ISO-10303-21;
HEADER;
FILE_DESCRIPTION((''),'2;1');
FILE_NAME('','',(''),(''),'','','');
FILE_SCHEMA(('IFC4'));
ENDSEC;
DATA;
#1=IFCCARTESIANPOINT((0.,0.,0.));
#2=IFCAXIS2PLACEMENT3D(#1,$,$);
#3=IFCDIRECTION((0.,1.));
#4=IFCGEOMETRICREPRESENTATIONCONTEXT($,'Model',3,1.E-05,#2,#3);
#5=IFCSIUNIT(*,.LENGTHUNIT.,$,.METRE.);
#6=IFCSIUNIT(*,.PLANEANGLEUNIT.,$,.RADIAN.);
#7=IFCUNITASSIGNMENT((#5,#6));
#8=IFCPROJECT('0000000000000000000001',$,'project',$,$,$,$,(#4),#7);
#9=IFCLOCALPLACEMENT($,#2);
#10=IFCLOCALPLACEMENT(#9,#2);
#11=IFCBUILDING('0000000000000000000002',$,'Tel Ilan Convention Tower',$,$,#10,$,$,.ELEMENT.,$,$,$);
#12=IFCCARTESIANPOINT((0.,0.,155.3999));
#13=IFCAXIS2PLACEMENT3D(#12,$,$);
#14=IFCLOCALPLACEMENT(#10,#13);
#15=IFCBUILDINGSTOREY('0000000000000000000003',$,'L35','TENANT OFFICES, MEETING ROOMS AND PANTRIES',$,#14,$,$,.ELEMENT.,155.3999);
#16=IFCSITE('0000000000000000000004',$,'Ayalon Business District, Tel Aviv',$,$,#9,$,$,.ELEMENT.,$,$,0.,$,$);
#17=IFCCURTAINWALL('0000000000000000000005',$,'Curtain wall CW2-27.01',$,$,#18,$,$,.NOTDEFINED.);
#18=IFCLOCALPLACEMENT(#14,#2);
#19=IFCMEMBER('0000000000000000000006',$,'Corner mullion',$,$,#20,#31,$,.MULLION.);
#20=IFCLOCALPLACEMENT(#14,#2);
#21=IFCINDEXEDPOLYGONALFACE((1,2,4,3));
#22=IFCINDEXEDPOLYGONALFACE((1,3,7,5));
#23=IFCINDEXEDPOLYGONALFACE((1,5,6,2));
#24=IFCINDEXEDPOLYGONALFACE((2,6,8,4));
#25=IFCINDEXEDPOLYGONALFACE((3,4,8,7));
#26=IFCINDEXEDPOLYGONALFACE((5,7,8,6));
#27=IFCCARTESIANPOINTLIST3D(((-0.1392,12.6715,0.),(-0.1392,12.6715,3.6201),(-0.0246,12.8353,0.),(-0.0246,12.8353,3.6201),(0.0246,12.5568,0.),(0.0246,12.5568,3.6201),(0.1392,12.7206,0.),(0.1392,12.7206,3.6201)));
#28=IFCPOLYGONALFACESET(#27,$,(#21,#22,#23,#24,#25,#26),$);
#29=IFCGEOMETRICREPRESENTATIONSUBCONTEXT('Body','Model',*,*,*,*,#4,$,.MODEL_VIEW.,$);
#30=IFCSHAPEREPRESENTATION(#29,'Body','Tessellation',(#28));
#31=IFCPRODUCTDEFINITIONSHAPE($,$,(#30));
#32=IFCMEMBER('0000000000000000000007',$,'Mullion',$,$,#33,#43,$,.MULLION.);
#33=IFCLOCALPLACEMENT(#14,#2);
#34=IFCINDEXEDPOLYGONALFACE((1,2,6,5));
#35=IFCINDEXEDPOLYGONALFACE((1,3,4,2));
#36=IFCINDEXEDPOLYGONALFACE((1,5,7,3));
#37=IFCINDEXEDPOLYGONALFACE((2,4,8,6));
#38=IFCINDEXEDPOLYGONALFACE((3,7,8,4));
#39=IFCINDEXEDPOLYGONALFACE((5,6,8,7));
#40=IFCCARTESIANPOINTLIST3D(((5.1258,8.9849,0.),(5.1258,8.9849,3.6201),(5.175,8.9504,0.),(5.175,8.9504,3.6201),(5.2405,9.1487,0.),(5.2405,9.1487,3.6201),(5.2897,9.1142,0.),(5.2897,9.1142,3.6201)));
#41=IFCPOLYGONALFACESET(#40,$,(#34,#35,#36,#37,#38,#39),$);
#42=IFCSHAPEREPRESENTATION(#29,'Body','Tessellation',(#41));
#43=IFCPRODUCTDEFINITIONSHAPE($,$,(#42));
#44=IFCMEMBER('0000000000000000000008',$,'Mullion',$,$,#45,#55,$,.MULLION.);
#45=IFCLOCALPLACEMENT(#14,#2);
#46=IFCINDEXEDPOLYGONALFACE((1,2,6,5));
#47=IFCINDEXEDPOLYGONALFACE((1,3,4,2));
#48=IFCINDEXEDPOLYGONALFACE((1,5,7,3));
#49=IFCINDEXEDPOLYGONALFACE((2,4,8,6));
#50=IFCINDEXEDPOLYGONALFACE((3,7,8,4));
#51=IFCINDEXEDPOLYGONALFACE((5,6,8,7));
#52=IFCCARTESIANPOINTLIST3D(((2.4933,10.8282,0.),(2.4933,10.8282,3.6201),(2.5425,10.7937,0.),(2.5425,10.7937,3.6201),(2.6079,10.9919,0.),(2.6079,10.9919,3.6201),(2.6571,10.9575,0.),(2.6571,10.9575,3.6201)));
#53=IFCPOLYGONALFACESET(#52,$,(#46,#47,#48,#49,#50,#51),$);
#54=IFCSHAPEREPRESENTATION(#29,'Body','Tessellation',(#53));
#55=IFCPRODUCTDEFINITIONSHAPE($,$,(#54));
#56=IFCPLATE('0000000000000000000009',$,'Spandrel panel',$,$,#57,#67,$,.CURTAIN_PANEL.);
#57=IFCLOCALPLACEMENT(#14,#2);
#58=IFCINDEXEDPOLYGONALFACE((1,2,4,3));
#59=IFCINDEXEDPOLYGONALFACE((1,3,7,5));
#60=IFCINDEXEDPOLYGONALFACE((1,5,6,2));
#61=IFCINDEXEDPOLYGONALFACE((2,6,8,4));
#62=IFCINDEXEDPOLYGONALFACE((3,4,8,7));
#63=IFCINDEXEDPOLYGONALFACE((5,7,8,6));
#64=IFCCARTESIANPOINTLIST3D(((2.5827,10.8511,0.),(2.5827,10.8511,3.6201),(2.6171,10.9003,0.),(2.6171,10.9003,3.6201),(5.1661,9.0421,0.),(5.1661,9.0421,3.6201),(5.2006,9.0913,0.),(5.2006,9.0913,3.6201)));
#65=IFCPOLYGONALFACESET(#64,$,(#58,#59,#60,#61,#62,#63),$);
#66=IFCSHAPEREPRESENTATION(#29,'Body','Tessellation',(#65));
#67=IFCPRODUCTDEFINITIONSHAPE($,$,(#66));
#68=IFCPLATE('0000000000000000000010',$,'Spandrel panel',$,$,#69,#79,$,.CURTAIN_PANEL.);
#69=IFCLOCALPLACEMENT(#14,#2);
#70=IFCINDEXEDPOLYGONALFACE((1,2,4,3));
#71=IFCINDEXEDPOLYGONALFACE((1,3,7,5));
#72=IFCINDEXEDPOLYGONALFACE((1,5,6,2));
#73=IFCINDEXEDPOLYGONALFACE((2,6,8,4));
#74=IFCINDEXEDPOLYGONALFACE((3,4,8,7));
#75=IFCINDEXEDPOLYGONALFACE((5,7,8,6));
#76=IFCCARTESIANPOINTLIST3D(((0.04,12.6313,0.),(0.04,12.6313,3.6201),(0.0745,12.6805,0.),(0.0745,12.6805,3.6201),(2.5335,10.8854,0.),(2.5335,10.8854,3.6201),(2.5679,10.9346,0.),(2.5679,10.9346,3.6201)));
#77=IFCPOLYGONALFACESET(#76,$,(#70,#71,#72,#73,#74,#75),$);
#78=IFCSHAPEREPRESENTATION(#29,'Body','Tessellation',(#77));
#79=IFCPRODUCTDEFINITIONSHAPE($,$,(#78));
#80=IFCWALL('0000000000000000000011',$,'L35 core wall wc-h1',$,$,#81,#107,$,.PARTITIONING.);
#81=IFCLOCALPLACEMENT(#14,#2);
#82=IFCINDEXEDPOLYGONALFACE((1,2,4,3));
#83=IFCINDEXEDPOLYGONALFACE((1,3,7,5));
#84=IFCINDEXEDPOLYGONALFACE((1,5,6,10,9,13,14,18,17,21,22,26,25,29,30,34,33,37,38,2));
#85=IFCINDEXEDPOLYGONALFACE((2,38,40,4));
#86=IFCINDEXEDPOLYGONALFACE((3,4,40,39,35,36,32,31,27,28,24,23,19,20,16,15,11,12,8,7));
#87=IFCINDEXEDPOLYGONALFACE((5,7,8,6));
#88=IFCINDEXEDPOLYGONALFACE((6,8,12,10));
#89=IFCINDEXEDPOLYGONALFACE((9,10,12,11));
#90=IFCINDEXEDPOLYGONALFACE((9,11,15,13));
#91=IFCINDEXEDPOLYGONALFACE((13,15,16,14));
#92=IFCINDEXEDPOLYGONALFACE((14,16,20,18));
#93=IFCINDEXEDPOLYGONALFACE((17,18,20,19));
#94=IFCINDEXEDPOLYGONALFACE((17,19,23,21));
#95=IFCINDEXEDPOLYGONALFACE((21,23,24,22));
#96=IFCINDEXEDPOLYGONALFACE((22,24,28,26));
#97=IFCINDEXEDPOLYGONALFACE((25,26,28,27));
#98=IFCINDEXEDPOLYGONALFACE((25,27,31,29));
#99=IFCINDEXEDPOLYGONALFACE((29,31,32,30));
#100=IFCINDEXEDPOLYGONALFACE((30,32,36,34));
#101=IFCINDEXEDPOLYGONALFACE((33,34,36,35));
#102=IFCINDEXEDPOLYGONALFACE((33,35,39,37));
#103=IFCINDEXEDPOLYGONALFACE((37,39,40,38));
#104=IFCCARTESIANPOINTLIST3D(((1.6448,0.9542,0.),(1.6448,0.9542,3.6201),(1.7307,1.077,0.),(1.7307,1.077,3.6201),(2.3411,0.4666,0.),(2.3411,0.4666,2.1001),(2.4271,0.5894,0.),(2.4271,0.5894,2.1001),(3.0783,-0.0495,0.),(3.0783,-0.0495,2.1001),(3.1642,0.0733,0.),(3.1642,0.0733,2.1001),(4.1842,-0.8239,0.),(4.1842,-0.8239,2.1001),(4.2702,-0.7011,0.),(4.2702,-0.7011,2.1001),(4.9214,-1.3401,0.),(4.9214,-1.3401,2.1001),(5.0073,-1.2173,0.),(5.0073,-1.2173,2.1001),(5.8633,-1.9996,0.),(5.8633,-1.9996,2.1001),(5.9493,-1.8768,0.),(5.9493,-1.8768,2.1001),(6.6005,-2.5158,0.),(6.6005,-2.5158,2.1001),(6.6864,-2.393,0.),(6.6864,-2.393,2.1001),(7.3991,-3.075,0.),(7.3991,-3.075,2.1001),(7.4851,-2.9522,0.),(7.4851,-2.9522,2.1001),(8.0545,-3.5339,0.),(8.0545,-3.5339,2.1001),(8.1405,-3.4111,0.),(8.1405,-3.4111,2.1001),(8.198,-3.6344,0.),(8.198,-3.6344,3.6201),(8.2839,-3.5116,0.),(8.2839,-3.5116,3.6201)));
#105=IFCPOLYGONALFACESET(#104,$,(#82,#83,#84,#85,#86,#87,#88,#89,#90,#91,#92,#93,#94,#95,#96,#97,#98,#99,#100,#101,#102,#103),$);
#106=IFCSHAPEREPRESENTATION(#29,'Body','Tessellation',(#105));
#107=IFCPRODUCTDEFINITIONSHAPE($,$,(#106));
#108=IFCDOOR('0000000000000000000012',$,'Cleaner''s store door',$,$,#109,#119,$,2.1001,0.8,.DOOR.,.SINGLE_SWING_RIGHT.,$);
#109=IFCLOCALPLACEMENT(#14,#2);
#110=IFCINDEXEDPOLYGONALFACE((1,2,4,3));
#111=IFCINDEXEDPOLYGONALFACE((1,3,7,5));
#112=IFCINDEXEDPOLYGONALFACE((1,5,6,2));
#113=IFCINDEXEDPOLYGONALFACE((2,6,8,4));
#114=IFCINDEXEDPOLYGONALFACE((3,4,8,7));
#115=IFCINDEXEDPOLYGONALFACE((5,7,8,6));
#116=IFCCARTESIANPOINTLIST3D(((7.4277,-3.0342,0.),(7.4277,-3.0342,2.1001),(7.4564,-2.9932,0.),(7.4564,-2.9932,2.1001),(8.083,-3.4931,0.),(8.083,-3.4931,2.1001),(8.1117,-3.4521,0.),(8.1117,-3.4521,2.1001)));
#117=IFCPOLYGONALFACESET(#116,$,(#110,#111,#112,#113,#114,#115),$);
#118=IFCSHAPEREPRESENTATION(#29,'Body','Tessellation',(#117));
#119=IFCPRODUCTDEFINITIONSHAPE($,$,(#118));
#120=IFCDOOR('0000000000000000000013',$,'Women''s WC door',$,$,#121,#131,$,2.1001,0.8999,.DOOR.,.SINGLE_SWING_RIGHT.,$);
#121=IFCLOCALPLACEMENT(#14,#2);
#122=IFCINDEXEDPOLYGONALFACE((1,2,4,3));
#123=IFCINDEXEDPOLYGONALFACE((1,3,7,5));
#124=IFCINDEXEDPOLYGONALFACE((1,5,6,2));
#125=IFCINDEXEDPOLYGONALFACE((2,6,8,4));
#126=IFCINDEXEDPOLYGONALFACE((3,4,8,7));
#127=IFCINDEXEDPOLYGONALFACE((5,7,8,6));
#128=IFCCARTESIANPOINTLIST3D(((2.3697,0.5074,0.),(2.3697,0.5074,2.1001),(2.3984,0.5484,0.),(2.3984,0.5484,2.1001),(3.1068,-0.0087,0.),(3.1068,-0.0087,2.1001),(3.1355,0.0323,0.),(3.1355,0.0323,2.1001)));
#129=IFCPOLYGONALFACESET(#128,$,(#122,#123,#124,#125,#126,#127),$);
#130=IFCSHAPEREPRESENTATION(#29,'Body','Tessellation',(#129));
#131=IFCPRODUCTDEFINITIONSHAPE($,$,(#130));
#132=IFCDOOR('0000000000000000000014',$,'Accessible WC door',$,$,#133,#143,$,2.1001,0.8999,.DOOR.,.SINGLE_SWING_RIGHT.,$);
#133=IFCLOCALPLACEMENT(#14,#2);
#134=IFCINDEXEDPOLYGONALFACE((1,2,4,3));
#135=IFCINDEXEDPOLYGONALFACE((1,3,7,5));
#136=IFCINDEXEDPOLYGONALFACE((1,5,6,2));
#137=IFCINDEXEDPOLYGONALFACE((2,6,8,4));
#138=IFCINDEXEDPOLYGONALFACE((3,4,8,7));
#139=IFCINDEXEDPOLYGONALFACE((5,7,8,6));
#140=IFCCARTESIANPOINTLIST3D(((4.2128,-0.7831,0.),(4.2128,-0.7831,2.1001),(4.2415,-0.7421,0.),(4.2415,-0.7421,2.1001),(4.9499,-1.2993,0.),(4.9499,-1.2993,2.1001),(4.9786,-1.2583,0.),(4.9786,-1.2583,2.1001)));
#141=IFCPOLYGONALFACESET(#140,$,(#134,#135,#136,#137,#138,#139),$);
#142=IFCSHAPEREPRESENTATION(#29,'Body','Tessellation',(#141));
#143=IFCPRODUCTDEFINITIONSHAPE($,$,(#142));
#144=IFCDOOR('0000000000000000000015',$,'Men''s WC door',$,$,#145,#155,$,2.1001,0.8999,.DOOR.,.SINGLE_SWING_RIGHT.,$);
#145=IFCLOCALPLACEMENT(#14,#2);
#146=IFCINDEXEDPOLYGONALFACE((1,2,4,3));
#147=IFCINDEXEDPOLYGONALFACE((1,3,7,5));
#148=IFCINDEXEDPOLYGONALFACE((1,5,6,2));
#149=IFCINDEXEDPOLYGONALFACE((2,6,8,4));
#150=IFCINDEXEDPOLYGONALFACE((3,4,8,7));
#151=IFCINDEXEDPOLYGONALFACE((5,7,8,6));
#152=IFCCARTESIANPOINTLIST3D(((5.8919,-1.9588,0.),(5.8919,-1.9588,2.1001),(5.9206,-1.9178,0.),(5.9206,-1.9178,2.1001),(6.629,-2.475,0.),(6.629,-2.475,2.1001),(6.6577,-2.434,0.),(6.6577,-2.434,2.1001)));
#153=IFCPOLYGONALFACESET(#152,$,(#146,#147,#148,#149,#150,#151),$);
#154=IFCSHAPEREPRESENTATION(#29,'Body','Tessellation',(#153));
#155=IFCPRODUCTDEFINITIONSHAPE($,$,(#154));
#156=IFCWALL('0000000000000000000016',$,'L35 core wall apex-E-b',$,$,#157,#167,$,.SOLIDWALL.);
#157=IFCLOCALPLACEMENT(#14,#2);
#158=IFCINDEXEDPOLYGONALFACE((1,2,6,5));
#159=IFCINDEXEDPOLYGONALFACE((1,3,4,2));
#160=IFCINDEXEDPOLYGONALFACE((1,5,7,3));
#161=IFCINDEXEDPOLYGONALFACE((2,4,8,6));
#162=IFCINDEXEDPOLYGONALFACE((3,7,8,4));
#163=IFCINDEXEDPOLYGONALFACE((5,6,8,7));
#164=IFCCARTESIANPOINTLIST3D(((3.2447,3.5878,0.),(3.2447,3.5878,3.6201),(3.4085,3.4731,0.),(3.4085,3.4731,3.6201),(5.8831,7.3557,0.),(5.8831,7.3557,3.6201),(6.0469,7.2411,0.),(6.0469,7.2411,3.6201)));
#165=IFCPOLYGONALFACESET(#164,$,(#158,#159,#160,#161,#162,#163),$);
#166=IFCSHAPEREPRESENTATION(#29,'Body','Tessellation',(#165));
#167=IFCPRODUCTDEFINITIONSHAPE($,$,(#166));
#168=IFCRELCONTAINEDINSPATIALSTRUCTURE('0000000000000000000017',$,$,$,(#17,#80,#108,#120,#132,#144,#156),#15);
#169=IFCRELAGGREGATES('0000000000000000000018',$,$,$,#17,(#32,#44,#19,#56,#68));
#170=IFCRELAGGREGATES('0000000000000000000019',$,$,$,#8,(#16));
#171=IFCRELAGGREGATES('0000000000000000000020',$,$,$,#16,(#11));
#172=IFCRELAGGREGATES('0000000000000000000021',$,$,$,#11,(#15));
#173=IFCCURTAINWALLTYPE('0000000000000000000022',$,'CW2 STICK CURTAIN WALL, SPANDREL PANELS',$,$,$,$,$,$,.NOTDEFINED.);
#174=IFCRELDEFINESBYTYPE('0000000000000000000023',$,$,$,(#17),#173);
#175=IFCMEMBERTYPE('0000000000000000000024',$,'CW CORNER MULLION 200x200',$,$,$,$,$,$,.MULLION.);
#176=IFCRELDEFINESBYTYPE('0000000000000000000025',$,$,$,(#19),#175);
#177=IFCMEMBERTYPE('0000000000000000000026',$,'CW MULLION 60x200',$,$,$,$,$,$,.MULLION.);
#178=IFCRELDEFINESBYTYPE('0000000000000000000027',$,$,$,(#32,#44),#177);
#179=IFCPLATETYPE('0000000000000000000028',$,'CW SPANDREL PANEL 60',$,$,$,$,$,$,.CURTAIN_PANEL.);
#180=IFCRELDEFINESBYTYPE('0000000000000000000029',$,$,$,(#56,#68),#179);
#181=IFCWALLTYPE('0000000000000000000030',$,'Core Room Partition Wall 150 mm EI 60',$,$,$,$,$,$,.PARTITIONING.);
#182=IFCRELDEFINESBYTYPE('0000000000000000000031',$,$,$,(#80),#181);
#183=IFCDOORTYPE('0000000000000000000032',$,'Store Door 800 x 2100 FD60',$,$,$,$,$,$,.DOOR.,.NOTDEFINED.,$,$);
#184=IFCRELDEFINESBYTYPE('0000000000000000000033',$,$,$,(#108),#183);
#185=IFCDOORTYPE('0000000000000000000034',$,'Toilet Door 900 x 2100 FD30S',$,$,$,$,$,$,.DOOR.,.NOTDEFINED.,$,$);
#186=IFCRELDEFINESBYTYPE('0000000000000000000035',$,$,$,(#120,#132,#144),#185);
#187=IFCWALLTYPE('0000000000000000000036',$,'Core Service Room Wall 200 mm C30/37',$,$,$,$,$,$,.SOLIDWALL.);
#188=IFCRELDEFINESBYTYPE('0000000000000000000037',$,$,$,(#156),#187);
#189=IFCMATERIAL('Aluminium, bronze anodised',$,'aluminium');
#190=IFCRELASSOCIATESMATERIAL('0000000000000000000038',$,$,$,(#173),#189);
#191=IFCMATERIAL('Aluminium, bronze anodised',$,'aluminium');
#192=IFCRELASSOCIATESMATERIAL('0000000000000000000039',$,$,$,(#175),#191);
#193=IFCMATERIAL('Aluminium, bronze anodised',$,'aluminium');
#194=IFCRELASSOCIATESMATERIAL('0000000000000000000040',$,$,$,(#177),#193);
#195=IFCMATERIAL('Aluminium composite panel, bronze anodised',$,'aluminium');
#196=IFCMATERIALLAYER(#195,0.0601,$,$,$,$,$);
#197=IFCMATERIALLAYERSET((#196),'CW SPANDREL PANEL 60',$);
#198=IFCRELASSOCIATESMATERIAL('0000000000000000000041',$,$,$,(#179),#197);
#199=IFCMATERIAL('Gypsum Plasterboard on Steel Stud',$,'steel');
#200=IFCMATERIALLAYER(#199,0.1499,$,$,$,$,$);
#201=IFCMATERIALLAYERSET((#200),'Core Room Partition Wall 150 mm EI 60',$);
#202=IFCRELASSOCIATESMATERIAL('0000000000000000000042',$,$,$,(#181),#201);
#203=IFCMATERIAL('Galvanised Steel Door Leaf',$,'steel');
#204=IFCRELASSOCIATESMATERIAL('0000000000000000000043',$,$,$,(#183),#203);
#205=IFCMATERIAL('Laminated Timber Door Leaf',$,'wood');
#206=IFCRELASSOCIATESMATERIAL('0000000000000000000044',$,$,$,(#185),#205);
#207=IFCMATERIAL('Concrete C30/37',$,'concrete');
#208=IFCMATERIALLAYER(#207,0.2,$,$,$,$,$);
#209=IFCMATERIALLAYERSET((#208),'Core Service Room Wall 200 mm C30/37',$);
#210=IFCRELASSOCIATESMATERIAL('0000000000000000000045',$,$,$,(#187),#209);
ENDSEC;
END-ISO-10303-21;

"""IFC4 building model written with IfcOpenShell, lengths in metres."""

from ifc_helpers import new_model, si_unit, direction, frame, frame_2d, origin, origin_2d, place, context, subcontext, project, spatial, rectangle, extrude, material, layer, layer_set, material_profile, profile_set, type_object, element, fill, aggregate, save


model = new_model("IFC4")

# Units and contexts
model_context = context("Model", 3, precision=1e-05, world=origin(), true_north=direction((0.0, 1.0)))
body_context = subcontext(model_context, "Body", "Model", "MODEL_VIEW")
ifc_project = project(units=[si_unit("LENGTHUNIT", "METRE"), si_unit("PLANEANGLEUNIT", "RADIAN")], contexts=[model_context])

# Site, building, storey
site_placement = place(None, origin())
site = spatial("IfcSite", under=ifc_project, at=site_placement, Name="Ayalon Business District, Tel Aviv", CompositionType="ELEMENT", RefElevation=0.0)
building_placement = place(site_placement, origin())
building = spatial("IfcBuilding", under=site, at=building_placement, Name="Tel Ilan Convention Tower", CompositionType="ELEMENT")
storey_placement = place(building_placement, frame((0.0, 0.0, 155.3999)))
storey = spatial("IfcBuildingStorey", under=building, at=storey_placement, Name="L35", Description="TENANT OFFICES, MEETING ROOMS AND PANTRIES", CompositionType="ELEMENT", Elevation=155.3999)

# Curtain wall, members, plates
ifc_material_1 = material(Name="Aluminium, bronze anodised", Category="aluminium")
curtain_wall_type = type_object("IfcCurtainWallType", Name="CW2 STICK CURTAIN WALL, SPANDREL PANELS", PredefinedType="NOTDEFINED", material=ifc_material_1)
curtain_wall_placement = place(storey_placement, origin())
curtain_wall = element("IfcCurtainWall", 1, at=curtain_wall_placement, inside=storey, type_object=curtain_wall_type, Name="Curtain wall CW2-27.01", PredefinedType="NOTDEFINED")
ifc_material_2 = material(Name="Aluminium, bronze anodised", Category="aluminium")
ifc_material_profile_1 = material_profile(ifc_material_2, rectangle(XDim=0.2, YDim=0.2, at=origin_2d()), Name="CW CORNER MULLION 200x200")
ifc_profile_set_1 = profile_set([ifc_material_profile_1], Name="Aluminium, bronze anodised")
member_type_1 = type_object("IfcMemberType", Name="CW CORNER MULLION 200x200", PredefinedType="MULLION", material=ifc_profile_set_1)
member_1_placement = place(storey_placement, frame((0.0, 12.696, 0.0), z_axis=(0.0, 0.0, 1.0), x_axis=(-0.819152, 0.573576, 0.0)))
member_1 = element("IfcMember", 2, at=member_1_placement, type_object=member_type_1, Name="Corner mullion", PredefinedType="MULLION", context=body_context, shape_type="SweptSolid", body=[
    extrude(rectangle(XDim=0.2, YDim=0.2, at=origin_2d()), origin(), (0.0, 0.0, 1.0), 3.6201),
])
ifc_material_3 = material(Name="Aluminium, bronze anodised", Category="aluminium")
ifc_material_profile_2 = material_profile(ifc_material_3, rectangle(XDim=0.0601, YDim=0.2, at=origin_2d()), Name="CW MULLION 60x200")
ifc_profile_set_2 = profile_set([ifc_material_profile_2], Name="Aluminium, bronze anodised")
member_type_2 = type_object("IfcMemberType", Name="CW MULLION 60x200", PredefinedType="MULLION", material=ifc_profile_set_2)
member_2_placement = place(storey_placement, frame((5.2078, 9.0496, 0.0), z_axis=(0.0, 0.0, 1.0), x_axis=(-0.819152, 0.573576, 0.0)))
member_2 = element("IfcMember", 3, at=member_2_placement, type_object=member_type_2, Name="Mullion", PredefinedType="MULLION", context=body_context, shape_type="SweptSolid", body=[
    extrude(rectangle(XDim=0.0601, YDim=0.2, at=origin_2d()), origin(), (0.0, 0.0, 1.0), 3.6201),
])
member_3_placement = place(storey_placement, frame((2.5752, 10.8928, 0.0), z_axis=(0.0, 0.0, 1.0), x_axis=(-0.819152, 0.573576, 0.0)))
member_3 = element("IfcMember", 4, at=member_3_placement, type_object=member_type_2, Name="Mullion", PredefinedType="MULLION", context=body_context, shape_type="SweptSolid", body=[
    extrude(rectangle(XDim=0.0601, YDim=0.2, at=origin_2d()), origin(), (0.0, 0.0, 1.0), 3.6201),
])
ifc_material_4 = material(Name="Aluminium composite panel, bronze anodised", Category="aluminium")
ifc_layer_1 = layer(ifc_material_4, 0.0601)
ifc_layer_set_1 = layer_set([ifc_layer_1], Name="CW SPANDREL PANEL 60")
plate_type = type_object("IfcPlateType", Name="CW SPANDREL PANEL 60", PredefinedType="CURTAIN_PANEL", material=ifc_layer_set_1)
plate_1_placement = place(storey_placement, frame((3.8916, 9.9712, 0.0), z_axis=(0.0, 0.0, 1.0), x_axis=(-0.819152, 0.573576, 0.0)))
plate_1 = element("IfcPlate", 5, at=plate_1_placement, type_object=plate_type, Name="Spandrel panel", PredefinedType="CURTAIN_PANEL", context=body_context, shape_type="SweptSolid", body=[
    extrude(rectangle(XDim=3.1538, YDim=0.0601, at=origin_2d()), origin(), (0.0, 0.0, 1.0), 3.6201),
])
plate_2_placement = place(storey_placement, frame((1.304, 11.783, 0.0), z_axis=(0.0, 0.0, 1.0), x_axis=(-0.819152, 0.573576, 0.0)))
plate_2 = element("IfcPlate", 6, at=plate_2_placement, type_object=plate_type, Name="Spandrel panel", PredefinedType="CURTAIN_PANEL", context=body_context, shape_type="SweptSolid", body=[
    extrude(rectangle(XDim=3.0439, YDim=0.0601, at=origin_2d()), origin(), (0.0, 0.0, 1.0), 3.6201),
])
aggregate(curtain_wall, [member_2, member_3, member_1, plate_1, plate_2])

# Wall, openings, doors
ifc_material_5 = material(Name="Gypsum Plasterboard on Steel Stud", Category="steel")
ifc_layer_2 = layer(ifc_material_5, 0.1499)
ifc_layer_set_2 = layer_set([ifc_layer_2], Name="Core Room Partition Wall 150 mm EI 60")
wall_type_1 = type_object("IfcWallType", Name="Core Room Partition Wall 150 mm EI 60", PredefinedType="PARTITIONING", material=ifc_layer_set_2)
wall_1_placement = place(storey_placement, frame((1.6877, 1.0156, 0.0), z_axis=(0.0, 0.0, 1.0), x_axis=(0.819152, -0.573577, 0.0)))
wall_1 = element("IfcWall", 7, at=wall_1_placement, inside=storey, type_object=wall_type_1, Name="L35 core wall wc-h1", PredefinedType="PARTITIONING", context=body_context, shape_type="SweptSolid", body=[
    extrude(rectangle(XDim=8.0, YDim=0.1499, at=frame_2d((4.0, 0.0))), origin(), (0.0, 0.0, 1.0), 3.6201),
])
opening_1_placement = place(wall_1_placement, frame((0.8501, 0.0, 0.0)))
opening_1 = element("IfcOpeningElement", 8, at=opening_1_placement, cuts=wall_1, PredefinedType="OPENING", context=body_context, shape_type="SweptSolid", body=[
    extrude(rectangle(XDim=0.8999, YDim=2.1001, at=frame_2d((0.45, 1.05))), frame((0.0, 0.085, 0.0), z_axis=(0.0, -1.0, 0.0), x_axis=(1.0, 0.0, 0.0)), (0.0, 0.0, 1.0), 0.1699),
])
opening_2_placement = place(wall_1_placement, frame((3.1001, 0.0, 0.0)))
opening_2 = element("IfcOpeningElement", 9, at=opening_2_placement, cuts=wall_1, PredefinedType="OPENING", context=body_context, shape_type="SweptSolid", body=[
    extrude(rectangle(XDim=0.8999, YDim=2.1001, at=frame_2d((0.45, 1.05))), frame((0.0, 0.085, 0.0), z_axis=(0.0, -1.0, 0.0), x_axis=(1.0, 0.0, 0.0)), (0.0, 0.0, 1.0), 0.1699),
])
opening_3_placement = place(wall_1_placement, frame((5.1499, 0.0, 0.0)))
opening_3 = element("IfcOpeningElement", 10, at=opening_3_placement, cuts=wall_1, PredefinedType="OPENING", context=body_context, shape_type="SweptSolid", body=[
    extrude(rectangle(XDim=0.8999, YDim=2.1001, at=frame_2d((0.45, 1.05))), frame((0.0, 0.085, 0.0), z_axis=(0.0, -1.0, 0.0), x_axis=(1.0, 0.0, 0.0)), (0.0, 0.0, 1.0), 0.1699),
])
opening_4_placement = place(wall_1_placement, frame((7.0249, 0.0, 0.0)))
opening_4 = element("IfcOpeningElement", 11, at=opening_4_placement, cuts=wall_1, PredefinedType="OPENING", context=body_context, shape_type="SweptSolid", body=[
    extrude(rectangle(XDim=0.8, YDim=2.1001, at=frame_2d((0.3999, 1.05))), frame((0.0, 0.085, 0.0), z_axis=(0.0, -1.0, 0.0), x_axis=(1.0, 0.0, 0.0)), (0.0, 0.0, 1.0), 0.1699),
])
ifc_material_6 = material(Name="Galvanised Steel Door Leaf", Category="steel")
door_type_1 = type_object("IfcDoorType", Name="Store Door 800 x 2100 FD60", OperationType="NOTDEFINED", PredefinedType="DOOR", material=ifc_material_6)
door_1_placement = place(opening_4_placement, origin())
door_1 = element("IfcDoor", 12, at=door_1_placement, inside=storey, type_object=door_type_1, Name="Cleaner's store door", OperationType="SINGLE_SWING_RIGHT", OverallHeight=2.1001, OverallWidth=0.8, PredefinedType="DOOR", context=body_context, shape_type="SweptSolid", body=[
    extrude(rectangle(XDim=0.8, YDim=2.1001, at=frame_2d((0.3999, 1.05))), frame((0.0, 0.0249, 0.0), z_axis=(0.0, -1.0, 0.0), x_axis=(1.0, 0.0, 0.0)), (0.0, 0.0, 1.0), 0.05),
])
fill(opening_4, door_1)
ifc_material_7 = material(Name="Laminated Timber Door Leaf", Category="wood")
door_type_2 = type_object("IfcDoorType", Name="Toilet Door 900 x 2100 FD30S", OperationType="NOTDEFINED", PredefinedType="DOOR", material=ifc_material_7)
door_2_placement = place(opening_1_placement, origin())
door_2 = element("IfcDoor", 13, at=door_2_placement, inside=storey, type_object=door_type_2, Name="Women's WC door", OperationType="SINGLE_SWING_RIGHT", OverallHeight=2.1001, OverallWidth=0.8999, PredefinedType="DOOR", context=body_context, shape_type="SweptSolid", body=[
    extrude(rectangle(XDim=0.8999, YDim=2.1001, at=frame_2d((0.45, 1.05))), frame((0.0, 0.0249, 0.0), z_axis=(0.0, -1.0, 0.0), x_axis=(1.0, 0.0, 0.0)), (0.0, 0.0, 1.0), 0.05),
])
fill(opening_1, door_2)
door_3_placement = place(opening_2_placement, origin())
door_3 = element("IfcDoor", 14, at=door_3_placement, inside=storey, type_object=door_type_2, Name="Accessible WC door", OperationType="SINGLE_SWING_RIGHT", OverallHeight=2.1001, OverallWidth=0.8999, PredefinedType="DOOR", context=body_context, shape_type="SweptSolid", body=[
    extrude(rectangle(XDim=0.8999, YDim=2.1001, at=frame_2d((0.45, 1.05))), frame((0.0, 0.0249, 0.0), z_axis=(0.0, -1.0, 0.0), x_axis=(1.0, 0.0, 0.0)), (0.0, 0.0, 1.0), 0.05),
])
fill(opening_2, door_3)
door_4_placement = place(opening_3_placement, origin())
door_4 = element("IfcDoor", 15, at=door_4_placement, inside=storey, type_object=door_type_2, Name="Men's WC door", OperationType="SINGLE_SWING_RIGHT", OverallHeight=2.1001, OverallWidth=0.8999, PredefinedType="DOOR", context=body_context, shape_type="SweptSolid", body=[
    extrude(rectangle(XDim=0.8999, YDim=2.1001, at=frame_2d((0.45, 1.05))), frame((0.0, 0.0249, 0.0), z_axis=(0.0, -1.0, 0.0), x_axis=(1.0, 0.0, 0.0)), (0.0, 0.0, 1.0), 0.05),
])
fill(opening_3, door_4)

# Wall
ifc_material_8 = material(Name="Concrete C30/37", Category="concrete")
ifc_layer_3 = layer(ifc_material_8, 0.2)
ifc_layer_set_3 = layer_set([ifc_layer_3], Name="Core Service Room Wall 200 mm C30/37")
wall_type_2 = type_object("IfcWallType", Name="Core Service Room Wall 200 mm C30/37", PredefinedType="SOLIDWALL", material=ifc_layer_set_3)
wall_2_placement = place(storey_placement, frame((3.3267, 3.5305, 0.0), z_axis=(0.0, 0.0, 1.0), x_axis=(0.573576, 0.819152, 0.0)))
element("IfcWall", 16, at=wall_2_placement, inside=storey, type_object=wall_type_2, Name="L35 core wall apex-E-b", PredefinedType="SOLIDWALL", context=body_context, shape_type="SweptSolid", body=[
    extrude(rectangle(XDim=4.5999, YDim=0.2, at=frame_2d((2.2998, 0.0))), origin(), (0.0, 0.0, 1.0), 3.6201),
])

save(model, "model.ifc")
